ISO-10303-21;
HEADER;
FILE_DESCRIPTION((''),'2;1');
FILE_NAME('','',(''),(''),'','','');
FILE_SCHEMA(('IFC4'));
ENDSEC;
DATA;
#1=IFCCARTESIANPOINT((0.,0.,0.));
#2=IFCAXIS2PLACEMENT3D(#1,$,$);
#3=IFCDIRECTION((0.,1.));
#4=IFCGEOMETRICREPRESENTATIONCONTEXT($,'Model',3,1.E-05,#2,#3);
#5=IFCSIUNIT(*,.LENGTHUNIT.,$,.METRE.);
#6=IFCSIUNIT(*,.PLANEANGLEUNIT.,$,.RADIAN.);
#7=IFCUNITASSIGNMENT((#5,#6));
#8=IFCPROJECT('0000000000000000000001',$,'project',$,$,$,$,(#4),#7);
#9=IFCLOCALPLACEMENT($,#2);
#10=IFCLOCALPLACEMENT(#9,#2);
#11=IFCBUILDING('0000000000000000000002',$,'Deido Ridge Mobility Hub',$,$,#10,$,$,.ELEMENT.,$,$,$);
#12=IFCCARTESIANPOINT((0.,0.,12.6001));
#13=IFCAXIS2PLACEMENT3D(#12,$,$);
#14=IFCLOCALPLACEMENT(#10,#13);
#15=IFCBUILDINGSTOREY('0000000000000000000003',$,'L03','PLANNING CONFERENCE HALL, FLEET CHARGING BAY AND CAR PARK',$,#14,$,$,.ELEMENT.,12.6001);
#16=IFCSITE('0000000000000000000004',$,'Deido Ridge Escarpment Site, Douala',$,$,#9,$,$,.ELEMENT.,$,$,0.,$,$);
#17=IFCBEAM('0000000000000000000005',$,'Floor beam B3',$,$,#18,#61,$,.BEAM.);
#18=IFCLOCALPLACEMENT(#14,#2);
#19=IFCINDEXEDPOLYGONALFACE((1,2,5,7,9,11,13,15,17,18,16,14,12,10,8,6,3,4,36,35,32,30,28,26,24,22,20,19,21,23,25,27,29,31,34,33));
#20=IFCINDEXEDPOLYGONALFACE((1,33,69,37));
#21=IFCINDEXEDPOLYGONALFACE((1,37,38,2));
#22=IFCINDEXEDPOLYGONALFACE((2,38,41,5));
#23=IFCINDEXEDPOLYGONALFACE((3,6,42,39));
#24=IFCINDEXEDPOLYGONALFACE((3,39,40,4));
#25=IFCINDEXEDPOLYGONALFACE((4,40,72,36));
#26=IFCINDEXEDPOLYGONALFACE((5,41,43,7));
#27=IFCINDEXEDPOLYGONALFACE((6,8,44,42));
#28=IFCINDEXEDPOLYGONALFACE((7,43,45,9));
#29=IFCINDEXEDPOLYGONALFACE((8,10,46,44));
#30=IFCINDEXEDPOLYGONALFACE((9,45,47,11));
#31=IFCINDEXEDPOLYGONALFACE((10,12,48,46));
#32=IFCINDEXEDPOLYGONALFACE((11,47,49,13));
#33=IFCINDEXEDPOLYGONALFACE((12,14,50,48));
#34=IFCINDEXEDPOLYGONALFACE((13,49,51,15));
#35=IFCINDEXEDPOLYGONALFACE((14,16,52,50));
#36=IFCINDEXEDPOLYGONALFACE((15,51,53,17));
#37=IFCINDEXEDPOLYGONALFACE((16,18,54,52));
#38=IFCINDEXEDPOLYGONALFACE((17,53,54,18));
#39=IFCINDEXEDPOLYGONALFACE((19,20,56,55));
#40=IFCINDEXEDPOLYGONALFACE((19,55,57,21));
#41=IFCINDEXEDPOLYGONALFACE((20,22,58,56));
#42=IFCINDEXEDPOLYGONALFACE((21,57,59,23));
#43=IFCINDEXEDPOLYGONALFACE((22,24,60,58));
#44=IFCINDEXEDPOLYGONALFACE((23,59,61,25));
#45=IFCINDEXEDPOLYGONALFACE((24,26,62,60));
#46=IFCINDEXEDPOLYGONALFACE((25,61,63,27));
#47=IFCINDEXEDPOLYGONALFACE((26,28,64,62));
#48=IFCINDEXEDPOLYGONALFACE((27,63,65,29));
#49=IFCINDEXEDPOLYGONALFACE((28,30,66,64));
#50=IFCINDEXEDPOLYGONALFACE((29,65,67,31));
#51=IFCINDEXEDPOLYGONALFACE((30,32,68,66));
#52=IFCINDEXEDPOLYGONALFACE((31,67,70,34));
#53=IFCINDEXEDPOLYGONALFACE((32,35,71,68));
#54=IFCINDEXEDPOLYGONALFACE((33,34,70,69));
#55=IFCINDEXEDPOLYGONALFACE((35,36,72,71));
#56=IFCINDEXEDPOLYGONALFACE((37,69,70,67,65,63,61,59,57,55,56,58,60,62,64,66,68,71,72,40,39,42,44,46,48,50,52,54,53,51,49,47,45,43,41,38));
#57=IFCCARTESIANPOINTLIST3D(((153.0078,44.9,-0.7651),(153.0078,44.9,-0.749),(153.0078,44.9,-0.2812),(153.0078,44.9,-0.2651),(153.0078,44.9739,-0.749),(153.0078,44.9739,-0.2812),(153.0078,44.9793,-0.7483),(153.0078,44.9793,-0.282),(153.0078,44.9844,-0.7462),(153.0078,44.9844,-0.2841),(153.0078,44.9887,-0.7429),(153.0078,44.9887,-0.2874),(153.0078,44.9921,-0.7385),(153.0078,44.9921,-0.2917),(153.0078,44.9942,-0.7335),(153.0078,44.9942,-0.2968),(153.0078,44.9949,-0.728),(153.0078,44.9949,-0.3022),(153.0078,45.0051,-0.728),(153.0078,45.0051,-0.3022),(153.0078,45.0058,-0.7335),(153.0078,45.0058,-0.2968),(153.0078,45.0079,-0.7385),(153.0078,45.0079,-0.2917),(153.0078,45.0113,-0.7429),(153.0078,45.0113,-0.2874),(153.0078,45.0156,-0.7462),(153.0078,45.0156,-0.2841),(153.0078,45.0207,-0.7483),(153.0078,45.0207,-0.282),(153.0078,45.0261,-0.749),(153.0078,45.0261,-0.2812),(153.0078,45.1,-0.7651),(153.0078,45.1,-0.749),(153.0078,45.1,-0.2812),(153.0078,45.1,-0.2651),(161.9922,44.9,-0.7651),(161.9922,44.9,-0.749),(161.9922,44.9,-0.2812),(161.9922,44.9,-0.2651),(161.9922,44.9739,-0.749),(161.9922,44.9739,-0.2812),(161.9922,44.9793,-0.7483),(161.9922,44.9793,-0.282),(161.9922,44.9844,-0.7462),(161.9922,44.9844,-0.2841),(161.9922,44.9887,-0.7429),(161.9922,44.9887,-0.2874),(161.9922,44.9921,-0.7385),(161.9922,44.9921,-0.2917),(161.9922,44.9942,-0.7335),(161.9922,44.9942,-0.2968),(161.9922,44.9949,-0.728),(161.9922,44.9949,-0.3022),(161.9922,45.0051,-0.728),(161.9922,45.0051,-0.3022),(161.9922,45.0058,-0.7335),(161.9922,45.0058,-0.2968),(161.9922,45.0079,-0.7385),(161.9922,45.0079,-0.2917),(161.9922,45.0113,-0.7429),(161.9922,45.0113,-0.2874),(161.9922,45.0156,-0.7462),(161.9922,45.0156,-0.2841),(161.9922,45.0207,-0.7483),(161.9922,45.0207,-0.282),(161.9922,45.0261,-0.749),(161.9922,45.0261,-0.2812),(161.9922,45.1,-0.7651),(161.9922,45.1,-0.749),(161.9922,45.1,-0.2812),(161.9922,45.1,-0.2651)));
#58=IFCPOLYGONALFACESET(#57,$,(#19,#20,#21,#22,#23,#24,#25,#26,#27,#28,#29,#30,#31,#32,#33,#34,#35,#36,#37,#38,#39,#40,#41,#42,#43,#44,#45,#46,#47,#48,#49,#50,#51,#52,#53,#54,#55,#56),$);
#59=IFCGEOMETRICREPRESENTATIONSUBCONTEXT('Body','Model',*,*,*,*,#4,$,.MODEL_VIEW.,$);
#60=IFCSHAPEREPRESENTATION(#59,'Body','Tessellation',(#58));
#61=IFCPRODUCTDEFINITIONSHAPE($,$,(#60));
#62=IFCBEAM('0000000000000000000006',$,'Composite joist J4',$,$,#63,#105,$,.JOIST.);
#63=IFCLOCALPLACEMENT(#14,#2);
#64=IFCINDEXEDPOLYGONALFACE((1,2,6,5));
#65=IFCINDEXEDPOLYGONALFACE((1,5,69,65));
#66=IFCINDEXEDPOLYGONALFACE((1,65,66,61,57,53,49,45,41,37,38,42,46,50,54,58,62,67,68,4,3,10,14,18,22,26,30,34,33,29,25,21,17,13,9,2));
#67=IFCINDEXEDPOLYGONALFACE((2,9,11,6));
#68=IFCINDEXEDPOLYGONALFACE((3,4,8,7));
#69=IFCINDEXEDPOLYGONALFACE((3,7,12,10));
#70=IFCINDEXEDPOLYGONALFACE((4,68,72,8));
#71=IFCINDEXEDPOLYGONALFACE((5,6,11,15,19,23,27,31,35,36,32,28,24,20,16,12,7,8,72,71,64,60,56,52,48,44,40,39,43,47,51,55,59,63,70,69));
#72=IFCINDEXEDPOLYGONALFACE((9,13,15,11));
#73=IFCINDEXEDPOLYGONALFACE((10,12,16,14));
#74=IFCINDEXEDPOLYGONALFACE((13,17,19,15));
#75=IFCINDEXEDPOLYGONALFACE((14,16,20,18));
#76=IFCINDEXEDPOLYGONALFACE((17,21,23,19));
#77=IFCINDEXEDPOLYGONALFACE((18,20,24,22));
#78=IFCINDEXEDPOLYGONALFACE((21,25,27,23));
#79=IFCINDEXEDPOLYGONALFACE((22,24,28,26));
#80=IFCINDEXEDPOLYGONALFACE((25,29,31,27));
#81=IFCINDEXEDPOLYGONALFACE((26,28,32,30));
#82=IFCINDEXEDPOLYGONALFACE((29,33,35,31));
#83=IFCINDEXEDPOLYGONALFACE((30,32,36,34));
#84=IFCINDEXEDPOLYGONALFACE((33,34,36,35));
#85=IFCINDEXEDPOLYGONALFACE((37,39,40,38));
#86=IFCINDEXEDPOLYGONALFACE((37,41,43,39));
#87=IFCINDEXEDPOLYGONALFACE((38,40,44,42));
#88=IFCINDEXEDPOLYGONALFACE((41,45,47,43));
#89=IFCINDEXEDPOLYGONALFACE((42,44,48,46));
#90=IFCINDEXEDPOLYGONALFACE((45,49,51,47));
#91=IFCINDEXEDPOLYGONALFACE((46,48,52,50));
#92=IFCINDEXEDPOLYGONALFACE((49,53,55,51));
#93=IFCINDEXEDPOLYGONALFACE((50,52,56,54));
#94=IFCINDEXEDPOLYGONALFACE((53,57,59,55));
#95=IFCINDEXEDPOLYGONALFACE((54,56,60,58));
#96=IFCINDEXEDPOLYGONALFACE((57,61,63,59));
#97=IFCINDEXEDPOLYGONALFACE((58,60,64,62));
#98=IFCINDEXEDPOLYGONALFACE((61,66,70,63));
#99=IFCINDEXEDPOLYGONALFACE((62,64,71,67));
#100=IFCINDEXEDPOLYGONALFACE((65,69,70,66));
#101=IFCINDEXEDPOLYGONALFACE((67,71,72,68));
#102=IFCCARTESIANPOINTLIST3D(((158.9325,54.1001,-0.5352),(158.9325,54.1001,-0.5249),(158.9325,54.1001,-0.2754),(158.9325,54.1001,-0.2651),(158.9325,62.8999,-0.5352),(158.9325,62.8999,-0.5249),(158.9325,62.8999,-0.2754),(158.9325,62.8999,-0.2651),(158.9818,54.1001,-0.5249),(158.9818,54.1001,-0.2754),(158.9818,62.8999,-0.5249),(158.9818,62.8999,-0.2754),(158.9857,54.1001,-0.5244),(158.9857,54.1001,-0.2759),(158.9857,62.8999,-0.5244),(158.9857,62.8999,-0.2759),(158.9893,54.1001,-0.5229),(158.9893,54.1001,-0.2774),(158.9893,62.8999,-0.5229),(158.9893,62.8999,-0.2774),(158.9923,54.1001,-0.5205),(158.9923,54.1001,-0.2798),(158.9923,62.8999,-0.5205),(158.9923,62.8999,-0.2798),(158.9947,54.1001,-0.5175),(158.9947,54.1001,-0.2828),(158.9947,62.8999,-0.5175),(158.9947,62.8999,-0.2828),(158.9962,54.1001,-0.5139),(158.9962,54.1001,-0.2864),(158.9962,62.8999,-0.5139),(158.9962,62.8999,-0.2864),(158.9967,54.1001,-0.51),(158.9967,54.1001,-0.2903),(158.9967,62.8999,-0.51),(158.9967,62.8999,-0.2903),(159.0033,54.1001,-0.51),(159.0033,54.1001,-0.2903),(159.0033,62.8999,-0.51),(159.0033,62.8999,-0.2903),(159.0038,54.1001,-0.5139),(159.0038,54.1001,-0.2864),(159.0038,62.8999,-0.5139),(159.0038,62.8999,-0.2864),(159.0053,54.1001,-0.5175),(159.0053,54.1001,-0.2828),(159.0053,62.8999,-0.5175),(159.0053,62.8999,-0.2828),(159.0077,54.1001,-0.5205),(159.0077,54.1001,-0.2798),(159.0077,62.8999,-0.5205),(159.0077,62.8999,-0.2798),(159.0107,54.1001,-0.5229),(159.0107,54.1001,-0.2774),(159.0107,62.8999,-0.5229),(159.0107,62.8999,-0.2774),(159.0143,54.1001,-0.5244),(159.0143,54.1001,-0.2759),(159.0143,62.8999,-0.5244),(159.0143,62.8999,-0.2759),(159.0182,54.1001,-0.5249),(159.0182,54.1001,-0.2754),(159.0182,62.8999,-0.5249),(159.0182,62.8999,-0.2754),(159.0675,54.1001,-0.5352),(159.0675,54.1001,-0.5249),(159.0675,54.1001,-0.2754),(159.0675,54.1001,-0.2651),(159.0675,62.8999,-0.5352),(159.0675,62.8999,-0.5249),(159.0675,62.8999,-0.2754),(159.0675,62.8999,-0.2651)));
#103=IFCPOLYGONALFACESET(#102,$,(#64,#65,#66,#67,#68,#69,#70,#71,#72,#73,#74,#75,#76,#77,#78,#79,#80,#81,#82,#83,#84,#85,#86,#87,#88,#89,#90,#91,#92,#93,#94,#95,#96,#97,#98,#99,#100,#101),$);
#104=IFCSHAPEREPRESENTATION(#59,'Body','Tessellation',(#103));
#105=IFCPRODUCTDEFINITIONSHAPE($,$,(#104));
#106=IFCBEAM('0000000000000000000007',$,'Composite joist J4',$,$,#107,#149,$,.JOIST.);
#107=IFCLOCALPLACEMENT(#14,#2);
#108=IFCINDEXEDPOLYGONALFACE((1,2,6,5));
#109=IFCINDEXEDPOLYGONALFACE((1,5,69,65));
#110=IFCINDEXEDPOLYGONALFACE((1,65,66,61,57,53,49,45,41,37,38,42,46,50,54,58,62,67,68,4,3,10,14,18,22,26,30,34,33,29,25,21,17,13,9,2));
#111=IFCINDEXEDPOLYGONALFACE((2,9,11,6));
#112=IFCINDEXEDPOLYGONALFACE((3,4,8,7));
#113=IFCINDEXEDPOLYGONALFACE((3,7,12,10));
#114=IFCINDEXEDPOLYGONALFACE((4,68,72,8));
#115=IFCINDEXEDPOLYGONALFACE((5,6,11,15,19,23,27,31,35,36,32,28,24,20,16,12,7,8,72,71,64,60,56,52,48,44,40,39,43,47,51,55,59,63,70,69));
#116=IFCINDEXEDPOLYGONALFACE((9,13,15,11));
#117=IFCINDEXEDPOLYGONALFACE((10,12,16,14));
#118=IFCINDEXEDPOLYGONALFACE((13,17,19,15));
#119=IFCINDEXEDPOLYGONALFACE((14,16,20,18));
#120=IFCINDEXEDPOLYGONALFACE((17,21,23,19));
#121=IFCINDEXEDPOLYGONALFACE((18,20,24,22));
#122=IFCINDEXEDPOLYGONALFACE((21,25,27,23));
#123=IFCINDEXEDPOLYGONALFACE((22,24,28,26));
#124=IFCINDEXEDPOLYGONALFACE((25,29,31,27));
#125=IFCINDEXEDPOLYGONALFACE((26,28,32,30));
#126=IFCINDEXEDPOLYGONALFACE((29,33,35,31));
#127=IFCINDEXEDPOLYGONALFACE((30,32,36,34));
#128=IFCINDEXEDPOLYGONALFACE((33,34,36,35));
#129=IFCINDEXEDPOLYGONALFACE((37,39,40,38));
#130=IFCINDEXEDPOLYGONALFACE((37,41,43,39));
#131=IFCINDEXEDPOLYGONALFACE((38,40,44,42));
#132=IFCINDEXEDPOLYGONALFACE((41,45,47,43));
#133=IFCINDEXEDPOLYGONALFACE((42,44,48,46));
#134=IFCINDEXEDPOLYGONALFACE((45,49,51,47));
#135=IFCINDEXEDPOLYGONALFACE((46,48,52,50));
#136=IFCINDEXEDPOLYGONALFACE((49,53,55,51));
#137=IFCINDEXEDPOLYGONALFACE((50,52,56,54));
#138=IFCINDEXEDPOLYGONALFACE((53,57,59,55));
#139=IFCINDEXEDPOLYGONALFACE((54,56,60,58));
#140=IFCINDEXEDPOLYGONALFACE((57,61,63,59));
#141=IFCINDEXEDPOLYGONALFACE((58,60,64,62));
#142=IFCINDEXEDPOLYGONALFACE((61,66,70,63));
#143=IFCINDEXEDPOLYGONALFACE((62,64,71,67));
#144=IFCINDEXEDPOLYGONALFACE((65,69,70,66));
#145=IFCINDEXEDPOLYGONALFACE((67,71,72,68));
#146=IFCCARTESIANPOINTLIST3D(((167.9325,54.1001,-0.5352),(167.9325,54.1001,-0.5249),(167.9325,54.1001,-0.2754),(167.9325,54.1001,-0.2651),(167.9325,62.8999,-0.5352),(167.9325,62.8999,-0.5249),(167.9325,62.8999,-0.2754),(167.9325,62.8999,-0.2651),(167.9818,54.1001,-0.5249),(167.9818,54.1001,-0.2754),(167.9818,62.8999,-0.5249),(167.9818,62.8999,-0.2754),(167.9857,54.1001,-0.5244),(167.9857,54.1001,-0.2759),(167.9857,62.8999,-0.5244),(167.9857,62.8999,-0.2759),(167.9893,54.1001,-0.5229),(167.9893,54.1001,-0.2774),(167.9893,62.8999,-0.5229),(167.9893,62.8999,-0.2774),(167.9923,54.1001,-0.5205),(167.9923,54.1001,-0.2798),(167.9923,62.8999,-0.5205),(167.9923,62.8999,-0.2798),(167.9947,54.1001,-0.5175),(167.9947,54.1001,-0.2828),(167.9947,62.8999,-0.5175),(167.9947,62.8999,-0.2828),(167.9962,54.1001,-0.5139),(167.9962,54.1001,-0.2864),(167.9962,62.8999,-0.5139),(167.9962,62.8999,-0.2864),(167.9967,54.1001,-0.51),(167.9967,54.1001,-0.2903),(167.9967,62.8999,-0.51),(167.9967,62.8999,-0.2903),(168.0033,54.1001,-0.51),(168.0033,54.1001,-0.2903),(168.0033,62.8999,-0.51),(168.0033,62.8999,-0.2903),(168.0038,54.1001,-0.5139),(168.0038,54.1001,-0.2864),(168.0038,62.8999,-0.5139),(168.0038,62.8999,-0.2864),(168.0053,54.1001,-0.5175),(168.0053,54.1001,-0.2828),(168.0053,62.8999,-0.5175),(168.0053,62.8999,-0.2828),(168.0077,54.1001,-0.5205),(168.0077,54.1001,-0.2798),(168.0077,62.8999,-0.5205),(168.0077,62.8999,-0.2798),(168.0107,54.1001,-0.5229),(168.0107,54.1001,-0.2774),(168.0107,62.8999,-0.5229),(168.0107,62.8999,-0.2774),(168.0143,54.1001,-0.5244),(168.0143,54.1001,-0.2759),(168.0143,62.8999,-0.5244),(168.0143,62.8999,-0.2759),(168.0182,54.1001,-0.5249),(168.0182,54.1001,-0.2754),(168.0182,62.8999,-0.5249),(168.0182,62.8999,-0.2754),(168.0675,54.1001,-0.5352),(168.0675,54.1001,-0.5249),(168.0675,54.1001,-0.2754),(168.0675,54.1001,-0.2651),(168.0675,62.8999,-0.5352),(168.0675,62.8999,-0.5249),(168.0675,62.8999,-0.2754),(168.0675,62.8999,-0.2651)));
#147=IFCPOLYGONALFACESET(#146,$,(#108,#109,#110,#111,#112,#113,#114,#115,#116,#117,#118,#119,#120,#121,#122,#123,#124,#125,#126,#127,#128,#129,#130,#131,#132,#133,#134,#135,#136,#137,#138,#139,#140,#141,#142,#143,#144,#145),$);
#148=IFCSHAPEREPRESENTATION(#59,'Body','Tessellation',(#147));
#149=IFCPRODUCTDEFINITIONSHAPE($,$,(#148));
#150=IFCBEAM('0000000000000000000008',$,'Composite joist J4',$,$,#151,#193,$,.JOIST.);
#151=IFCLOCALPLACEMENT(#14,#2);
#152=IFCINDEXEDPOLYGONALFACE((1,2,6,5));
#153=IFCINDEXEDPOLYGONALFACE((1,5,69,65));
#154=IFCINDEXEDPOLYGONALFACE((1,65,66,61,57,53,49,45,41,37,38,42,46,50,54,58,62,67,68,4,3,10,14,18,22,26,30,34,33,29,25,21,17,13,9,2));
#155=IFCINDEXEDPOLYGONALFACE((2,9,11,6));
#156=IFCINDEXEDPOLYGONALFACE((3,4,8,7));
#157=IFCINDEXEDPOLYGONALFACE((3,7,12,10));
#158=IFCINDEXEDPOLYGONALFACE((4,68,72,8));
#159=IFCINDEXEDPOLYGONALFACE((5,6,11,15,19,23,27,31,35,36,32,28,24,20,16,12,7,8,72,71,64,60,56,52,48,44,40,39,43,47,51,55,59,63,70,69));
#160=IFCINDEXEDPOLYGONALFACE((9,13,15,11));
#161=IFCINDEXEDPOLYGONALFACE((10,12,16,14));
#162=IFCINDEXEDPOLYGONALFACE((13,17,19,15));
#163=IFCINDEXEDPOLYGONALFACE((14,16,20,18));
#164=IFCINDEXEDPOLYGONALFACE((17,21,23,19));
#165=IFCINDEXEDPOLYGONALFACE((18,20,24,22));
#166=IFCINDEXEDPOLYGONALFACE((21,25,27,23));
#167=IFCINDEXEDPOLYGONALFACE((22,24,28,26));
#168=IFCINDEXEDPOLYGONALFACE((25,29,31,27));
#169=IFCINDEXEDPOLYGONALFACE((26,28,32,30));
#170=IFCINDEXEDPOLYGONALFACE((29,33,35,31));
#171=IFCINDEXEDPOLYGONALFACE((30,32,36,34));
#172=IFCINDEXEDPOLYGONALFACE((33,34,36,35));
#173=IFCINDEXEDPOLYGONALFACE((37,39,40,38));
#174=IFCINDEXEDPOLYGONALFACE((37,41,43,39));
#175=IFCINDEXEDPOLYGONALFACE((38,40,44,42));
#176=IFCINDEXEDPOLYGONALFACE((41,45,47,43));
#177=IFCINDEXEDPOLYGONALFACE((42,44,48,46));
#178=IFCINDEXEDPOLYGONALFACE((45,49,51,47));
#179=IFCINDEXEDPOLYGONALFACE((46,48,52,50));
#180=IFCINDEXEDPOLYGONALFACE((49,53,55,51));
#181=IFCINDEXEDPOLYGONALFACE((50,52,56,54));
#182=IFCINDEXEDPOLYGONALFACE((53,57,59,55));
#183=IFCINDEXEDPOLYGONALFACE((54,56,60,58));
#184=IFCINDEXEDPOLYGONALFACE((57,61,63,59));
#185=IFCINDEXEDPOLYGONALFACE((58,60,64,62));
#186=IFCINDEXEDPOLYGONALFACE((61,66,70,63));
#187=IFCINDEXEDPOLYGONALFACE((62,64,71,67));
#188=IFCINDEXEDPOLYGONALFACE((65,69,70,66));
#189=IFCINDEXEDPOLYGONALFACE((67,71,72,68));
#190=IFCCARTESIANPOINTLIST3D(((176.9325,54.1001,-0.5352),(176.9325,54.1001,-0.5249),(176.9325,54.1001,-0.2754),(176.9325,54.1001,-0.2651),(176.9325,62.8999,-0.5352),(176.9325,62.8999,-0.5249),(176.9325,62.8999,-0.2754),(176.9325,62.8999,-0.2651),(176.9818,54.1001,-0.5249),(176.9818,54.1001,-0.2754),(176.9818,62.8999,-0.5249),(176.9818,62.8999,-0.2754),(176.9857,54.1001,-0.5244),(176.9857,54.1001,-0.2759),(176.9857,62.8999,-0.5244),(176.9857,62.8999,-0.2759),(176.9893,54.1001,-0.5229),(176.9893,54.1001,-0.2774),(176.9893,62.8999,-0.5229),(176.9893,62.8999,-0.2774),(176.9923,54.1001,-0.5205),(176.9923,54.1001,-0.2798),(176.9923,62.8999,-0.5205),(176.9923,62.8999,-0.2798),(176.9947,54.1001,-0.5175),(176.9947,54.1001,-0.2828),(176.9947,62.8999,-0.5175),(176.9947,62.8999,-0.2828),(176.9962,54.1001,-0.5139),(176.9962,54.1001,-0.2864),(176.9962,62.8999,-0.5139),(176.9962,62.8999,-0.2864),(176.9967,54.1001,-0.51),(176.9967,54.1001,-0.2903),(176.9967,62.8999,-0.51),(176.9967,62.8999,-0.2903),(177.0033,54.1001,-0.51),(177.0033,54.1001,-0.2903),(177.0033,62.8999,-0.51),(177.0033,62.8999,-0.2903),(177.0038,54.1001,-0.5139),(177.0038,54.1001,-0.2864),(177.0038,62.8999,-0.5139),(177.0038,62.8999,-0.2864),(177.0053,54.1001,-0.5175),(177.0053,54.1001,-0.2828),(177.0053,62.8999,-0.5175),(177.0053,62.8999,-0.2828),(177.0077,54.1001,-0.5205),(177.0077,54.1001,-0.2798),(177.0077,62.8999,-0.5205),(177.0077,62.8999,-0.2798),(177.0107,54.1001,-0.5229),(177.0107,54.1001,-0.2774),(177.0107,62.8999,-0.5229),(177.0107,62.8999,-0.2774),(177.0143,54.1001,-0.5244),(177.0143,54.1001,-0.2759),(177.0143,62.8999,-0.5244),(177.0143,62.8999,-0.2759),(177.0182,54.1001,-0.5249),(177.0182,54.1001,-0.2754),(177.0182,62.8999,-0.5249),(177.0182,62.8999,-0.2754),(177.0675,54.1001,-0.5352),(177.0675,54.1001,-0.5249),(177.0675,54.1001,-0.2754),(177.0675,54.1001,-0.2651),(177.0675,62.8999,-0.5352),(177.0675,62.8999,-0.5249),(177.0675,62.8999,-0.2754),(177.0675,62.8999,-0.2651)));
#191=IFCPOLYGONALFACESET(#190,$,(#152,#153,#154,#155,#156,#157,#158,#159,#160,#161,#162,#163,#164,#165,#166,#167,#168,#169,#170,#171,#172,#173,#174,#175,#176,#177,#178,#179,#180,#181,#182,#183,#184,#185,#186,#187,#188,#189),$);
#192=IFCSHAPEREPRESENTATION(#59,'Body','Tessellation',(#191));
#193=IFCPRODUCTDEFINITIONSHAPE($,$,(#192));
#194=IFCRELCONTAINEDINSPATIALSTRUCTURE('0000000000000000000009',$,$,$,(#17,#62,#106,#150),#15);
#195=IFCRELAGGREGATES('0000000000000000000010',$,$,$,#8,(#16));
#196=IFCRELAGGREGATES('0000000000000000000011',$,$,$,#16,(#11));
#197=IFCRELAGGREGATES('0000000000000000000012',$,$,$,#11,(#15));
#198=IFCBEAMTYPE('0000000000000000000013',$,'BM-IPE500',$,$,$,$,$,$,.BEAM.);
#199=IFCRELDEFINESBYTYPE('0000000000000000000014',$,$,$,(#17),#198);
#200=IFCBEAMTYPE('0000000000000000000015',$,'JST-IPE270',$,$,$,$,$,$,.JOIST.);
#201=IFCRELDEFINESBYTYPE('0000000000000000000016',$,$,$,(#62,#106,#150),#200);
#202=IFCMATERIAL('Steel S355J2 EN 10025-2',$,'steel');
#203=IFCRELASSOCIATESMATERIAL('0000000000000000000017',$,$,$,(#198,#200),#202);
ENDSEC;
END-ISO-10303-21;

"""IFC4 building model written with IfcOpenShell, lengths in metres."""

from ifc_helpers import new_model, si_unit, direction, frame, origin, origin_2d, place, context, subcontext, project, spatial, i_section, extrude, material, material_profile, profile_set, type_object, element, save


model = new_model("IFC4")

# Units and contexts
model_context = context("Model", 3, precision=1e-05, world=origin(), true_north=direction((0.0, 1.0)))
body_context = subcontext(model_context, "Body", "Model", "MODEL_VIEW")
ifc_project = project(units=[si_unit("LENGTHUNIT", "METRE"), si_unit("PLANEANGLEUNIT", "RADIAN")], contexts=[model_context])

# Site, building, storey
site_placement = place(None, origin())
site = spatial("IfcSite", under=ifc_project, at=site_placement, Name="Deido Ridge Escarpment Site, Douala", CompositionType="ELEMENT", RefElevation=0.0)
building_placement = place(site_placement, origin())
building = spatial("IfcBuilding", under=site, at=building_placement, Name="Deido Ridge Mobility Hub", CompositionType="ELEMENT")
storey_placement = place(building_placement, frame((0.0, 0.0, 12.6001)))
storey = spatial("IfcBuildingStorey", under=building, at=storey_placement, Name="L03", Description="PLANNING CONFERENCE HALL, FLEET CHARGING BAY AND CAR PARK", CompositionType="ELEMENT", Elevation=12.6001)

# Shared definitions
ifc_material_1 = material(Name="Steel S355J2 EN 10025-2", Category="steel")

# Beams
ifc_material_profile_1 = material_profile(ifc_material_1, i_section(OverallWidth=0.2, OverallDepth=0.5, WebThickness=0.0103, FlangeThickness=0.0161, FilletRadius=0.021, at=origin_2d()), Name="IPE 500")
ifc_profile_set_1 = profile_set([ifc_material_profile_1], Name="Steel S355J2 EN 10025-2")
beam_type_1 = type_object("IfcBeamType", Name="BM-IPE500", PredefinedType="BEAM", material=ifc_profile_set_1)
for number, where, z_axis, x_axis, name in (
    (1, (153.0078, 45.0, -0.5151), (1.0, 0.0, 0.0), (0.0, 1.0, 0.0), "Floor beam B3"),
):
    element("IfcBeam", number, at=place(storey_placement, frame(where, z_axis=z_axis, x_axis=x_axis)), inside=storey, type_object=beam_type_1, Name=name, PredefinedType="BEAM", context=body_context, shape_type="SweptSolid", body=[
        extrude(i_section(OverallWidth=0.2, OverallDepth=0.5, WebThickness=0.0103, FlangeThickness=0.0161, FilletRadius=0.021, at=origin_2d()), origin(), (0.0, 0.0, 1.0), 8.9844),
    ])
ifc_material_profile_2 = material_profile(ifc_material_1, i_section(OverallWidth=0.135, OverallDepth=0.27, WebThickness=0.0066, FlangeThickness=0.0103, FilletRadius=0.0149, at=origin_2d()), Name="IPE 270")
ifc_profile_set_2 = profile_set([ifc_material_profile_2], Name="Steel S355J2 EN 10025-2")
beam_type_2 = type_object("IfcBeamType", Name="JST-IPE270", PredefinedType="JOIST", material=ifc_profile_set_2)
for number, where, z_axis, x_axis, name in (
    (2, (159.0, 54.1001, -0.4001), (0.0, 1.0, 0.0), (-1.0, 0.0, 0.0), "Composite joist J4"),
    (3, (168.0, 54.1001, -0.4001), (0.0, 1.0, 0.0), (-1.0, 0.0, 0.0), "Composite joist J4"),
    (4, (177.0, 54.1001, -0.4001), (0.0, 1.0, 0.0), (-1.0, 0.0, 0.0), "Composite joist J4"),
):
    element("IfcBeam", number, at=place(storey_placement, frame(where, z_axis=z_axis, x_axis=x_axis)), inside=storey, type_object=beam_type_2, Name=name, PredefinedType="JOIST", context=body_context, shape_type="SweptSolid", body=[
        extrude(i_section(OverallWidth=0.135, OverallDepth=0.27, WebThickness=0.0066, FlangeThickness=0.0103, FilletRadius=0.0149, at=origin_2d()), origin(), (0.0, 0.0, 1.0), 8.7998),
    ])

save(model, "model.ifc")
